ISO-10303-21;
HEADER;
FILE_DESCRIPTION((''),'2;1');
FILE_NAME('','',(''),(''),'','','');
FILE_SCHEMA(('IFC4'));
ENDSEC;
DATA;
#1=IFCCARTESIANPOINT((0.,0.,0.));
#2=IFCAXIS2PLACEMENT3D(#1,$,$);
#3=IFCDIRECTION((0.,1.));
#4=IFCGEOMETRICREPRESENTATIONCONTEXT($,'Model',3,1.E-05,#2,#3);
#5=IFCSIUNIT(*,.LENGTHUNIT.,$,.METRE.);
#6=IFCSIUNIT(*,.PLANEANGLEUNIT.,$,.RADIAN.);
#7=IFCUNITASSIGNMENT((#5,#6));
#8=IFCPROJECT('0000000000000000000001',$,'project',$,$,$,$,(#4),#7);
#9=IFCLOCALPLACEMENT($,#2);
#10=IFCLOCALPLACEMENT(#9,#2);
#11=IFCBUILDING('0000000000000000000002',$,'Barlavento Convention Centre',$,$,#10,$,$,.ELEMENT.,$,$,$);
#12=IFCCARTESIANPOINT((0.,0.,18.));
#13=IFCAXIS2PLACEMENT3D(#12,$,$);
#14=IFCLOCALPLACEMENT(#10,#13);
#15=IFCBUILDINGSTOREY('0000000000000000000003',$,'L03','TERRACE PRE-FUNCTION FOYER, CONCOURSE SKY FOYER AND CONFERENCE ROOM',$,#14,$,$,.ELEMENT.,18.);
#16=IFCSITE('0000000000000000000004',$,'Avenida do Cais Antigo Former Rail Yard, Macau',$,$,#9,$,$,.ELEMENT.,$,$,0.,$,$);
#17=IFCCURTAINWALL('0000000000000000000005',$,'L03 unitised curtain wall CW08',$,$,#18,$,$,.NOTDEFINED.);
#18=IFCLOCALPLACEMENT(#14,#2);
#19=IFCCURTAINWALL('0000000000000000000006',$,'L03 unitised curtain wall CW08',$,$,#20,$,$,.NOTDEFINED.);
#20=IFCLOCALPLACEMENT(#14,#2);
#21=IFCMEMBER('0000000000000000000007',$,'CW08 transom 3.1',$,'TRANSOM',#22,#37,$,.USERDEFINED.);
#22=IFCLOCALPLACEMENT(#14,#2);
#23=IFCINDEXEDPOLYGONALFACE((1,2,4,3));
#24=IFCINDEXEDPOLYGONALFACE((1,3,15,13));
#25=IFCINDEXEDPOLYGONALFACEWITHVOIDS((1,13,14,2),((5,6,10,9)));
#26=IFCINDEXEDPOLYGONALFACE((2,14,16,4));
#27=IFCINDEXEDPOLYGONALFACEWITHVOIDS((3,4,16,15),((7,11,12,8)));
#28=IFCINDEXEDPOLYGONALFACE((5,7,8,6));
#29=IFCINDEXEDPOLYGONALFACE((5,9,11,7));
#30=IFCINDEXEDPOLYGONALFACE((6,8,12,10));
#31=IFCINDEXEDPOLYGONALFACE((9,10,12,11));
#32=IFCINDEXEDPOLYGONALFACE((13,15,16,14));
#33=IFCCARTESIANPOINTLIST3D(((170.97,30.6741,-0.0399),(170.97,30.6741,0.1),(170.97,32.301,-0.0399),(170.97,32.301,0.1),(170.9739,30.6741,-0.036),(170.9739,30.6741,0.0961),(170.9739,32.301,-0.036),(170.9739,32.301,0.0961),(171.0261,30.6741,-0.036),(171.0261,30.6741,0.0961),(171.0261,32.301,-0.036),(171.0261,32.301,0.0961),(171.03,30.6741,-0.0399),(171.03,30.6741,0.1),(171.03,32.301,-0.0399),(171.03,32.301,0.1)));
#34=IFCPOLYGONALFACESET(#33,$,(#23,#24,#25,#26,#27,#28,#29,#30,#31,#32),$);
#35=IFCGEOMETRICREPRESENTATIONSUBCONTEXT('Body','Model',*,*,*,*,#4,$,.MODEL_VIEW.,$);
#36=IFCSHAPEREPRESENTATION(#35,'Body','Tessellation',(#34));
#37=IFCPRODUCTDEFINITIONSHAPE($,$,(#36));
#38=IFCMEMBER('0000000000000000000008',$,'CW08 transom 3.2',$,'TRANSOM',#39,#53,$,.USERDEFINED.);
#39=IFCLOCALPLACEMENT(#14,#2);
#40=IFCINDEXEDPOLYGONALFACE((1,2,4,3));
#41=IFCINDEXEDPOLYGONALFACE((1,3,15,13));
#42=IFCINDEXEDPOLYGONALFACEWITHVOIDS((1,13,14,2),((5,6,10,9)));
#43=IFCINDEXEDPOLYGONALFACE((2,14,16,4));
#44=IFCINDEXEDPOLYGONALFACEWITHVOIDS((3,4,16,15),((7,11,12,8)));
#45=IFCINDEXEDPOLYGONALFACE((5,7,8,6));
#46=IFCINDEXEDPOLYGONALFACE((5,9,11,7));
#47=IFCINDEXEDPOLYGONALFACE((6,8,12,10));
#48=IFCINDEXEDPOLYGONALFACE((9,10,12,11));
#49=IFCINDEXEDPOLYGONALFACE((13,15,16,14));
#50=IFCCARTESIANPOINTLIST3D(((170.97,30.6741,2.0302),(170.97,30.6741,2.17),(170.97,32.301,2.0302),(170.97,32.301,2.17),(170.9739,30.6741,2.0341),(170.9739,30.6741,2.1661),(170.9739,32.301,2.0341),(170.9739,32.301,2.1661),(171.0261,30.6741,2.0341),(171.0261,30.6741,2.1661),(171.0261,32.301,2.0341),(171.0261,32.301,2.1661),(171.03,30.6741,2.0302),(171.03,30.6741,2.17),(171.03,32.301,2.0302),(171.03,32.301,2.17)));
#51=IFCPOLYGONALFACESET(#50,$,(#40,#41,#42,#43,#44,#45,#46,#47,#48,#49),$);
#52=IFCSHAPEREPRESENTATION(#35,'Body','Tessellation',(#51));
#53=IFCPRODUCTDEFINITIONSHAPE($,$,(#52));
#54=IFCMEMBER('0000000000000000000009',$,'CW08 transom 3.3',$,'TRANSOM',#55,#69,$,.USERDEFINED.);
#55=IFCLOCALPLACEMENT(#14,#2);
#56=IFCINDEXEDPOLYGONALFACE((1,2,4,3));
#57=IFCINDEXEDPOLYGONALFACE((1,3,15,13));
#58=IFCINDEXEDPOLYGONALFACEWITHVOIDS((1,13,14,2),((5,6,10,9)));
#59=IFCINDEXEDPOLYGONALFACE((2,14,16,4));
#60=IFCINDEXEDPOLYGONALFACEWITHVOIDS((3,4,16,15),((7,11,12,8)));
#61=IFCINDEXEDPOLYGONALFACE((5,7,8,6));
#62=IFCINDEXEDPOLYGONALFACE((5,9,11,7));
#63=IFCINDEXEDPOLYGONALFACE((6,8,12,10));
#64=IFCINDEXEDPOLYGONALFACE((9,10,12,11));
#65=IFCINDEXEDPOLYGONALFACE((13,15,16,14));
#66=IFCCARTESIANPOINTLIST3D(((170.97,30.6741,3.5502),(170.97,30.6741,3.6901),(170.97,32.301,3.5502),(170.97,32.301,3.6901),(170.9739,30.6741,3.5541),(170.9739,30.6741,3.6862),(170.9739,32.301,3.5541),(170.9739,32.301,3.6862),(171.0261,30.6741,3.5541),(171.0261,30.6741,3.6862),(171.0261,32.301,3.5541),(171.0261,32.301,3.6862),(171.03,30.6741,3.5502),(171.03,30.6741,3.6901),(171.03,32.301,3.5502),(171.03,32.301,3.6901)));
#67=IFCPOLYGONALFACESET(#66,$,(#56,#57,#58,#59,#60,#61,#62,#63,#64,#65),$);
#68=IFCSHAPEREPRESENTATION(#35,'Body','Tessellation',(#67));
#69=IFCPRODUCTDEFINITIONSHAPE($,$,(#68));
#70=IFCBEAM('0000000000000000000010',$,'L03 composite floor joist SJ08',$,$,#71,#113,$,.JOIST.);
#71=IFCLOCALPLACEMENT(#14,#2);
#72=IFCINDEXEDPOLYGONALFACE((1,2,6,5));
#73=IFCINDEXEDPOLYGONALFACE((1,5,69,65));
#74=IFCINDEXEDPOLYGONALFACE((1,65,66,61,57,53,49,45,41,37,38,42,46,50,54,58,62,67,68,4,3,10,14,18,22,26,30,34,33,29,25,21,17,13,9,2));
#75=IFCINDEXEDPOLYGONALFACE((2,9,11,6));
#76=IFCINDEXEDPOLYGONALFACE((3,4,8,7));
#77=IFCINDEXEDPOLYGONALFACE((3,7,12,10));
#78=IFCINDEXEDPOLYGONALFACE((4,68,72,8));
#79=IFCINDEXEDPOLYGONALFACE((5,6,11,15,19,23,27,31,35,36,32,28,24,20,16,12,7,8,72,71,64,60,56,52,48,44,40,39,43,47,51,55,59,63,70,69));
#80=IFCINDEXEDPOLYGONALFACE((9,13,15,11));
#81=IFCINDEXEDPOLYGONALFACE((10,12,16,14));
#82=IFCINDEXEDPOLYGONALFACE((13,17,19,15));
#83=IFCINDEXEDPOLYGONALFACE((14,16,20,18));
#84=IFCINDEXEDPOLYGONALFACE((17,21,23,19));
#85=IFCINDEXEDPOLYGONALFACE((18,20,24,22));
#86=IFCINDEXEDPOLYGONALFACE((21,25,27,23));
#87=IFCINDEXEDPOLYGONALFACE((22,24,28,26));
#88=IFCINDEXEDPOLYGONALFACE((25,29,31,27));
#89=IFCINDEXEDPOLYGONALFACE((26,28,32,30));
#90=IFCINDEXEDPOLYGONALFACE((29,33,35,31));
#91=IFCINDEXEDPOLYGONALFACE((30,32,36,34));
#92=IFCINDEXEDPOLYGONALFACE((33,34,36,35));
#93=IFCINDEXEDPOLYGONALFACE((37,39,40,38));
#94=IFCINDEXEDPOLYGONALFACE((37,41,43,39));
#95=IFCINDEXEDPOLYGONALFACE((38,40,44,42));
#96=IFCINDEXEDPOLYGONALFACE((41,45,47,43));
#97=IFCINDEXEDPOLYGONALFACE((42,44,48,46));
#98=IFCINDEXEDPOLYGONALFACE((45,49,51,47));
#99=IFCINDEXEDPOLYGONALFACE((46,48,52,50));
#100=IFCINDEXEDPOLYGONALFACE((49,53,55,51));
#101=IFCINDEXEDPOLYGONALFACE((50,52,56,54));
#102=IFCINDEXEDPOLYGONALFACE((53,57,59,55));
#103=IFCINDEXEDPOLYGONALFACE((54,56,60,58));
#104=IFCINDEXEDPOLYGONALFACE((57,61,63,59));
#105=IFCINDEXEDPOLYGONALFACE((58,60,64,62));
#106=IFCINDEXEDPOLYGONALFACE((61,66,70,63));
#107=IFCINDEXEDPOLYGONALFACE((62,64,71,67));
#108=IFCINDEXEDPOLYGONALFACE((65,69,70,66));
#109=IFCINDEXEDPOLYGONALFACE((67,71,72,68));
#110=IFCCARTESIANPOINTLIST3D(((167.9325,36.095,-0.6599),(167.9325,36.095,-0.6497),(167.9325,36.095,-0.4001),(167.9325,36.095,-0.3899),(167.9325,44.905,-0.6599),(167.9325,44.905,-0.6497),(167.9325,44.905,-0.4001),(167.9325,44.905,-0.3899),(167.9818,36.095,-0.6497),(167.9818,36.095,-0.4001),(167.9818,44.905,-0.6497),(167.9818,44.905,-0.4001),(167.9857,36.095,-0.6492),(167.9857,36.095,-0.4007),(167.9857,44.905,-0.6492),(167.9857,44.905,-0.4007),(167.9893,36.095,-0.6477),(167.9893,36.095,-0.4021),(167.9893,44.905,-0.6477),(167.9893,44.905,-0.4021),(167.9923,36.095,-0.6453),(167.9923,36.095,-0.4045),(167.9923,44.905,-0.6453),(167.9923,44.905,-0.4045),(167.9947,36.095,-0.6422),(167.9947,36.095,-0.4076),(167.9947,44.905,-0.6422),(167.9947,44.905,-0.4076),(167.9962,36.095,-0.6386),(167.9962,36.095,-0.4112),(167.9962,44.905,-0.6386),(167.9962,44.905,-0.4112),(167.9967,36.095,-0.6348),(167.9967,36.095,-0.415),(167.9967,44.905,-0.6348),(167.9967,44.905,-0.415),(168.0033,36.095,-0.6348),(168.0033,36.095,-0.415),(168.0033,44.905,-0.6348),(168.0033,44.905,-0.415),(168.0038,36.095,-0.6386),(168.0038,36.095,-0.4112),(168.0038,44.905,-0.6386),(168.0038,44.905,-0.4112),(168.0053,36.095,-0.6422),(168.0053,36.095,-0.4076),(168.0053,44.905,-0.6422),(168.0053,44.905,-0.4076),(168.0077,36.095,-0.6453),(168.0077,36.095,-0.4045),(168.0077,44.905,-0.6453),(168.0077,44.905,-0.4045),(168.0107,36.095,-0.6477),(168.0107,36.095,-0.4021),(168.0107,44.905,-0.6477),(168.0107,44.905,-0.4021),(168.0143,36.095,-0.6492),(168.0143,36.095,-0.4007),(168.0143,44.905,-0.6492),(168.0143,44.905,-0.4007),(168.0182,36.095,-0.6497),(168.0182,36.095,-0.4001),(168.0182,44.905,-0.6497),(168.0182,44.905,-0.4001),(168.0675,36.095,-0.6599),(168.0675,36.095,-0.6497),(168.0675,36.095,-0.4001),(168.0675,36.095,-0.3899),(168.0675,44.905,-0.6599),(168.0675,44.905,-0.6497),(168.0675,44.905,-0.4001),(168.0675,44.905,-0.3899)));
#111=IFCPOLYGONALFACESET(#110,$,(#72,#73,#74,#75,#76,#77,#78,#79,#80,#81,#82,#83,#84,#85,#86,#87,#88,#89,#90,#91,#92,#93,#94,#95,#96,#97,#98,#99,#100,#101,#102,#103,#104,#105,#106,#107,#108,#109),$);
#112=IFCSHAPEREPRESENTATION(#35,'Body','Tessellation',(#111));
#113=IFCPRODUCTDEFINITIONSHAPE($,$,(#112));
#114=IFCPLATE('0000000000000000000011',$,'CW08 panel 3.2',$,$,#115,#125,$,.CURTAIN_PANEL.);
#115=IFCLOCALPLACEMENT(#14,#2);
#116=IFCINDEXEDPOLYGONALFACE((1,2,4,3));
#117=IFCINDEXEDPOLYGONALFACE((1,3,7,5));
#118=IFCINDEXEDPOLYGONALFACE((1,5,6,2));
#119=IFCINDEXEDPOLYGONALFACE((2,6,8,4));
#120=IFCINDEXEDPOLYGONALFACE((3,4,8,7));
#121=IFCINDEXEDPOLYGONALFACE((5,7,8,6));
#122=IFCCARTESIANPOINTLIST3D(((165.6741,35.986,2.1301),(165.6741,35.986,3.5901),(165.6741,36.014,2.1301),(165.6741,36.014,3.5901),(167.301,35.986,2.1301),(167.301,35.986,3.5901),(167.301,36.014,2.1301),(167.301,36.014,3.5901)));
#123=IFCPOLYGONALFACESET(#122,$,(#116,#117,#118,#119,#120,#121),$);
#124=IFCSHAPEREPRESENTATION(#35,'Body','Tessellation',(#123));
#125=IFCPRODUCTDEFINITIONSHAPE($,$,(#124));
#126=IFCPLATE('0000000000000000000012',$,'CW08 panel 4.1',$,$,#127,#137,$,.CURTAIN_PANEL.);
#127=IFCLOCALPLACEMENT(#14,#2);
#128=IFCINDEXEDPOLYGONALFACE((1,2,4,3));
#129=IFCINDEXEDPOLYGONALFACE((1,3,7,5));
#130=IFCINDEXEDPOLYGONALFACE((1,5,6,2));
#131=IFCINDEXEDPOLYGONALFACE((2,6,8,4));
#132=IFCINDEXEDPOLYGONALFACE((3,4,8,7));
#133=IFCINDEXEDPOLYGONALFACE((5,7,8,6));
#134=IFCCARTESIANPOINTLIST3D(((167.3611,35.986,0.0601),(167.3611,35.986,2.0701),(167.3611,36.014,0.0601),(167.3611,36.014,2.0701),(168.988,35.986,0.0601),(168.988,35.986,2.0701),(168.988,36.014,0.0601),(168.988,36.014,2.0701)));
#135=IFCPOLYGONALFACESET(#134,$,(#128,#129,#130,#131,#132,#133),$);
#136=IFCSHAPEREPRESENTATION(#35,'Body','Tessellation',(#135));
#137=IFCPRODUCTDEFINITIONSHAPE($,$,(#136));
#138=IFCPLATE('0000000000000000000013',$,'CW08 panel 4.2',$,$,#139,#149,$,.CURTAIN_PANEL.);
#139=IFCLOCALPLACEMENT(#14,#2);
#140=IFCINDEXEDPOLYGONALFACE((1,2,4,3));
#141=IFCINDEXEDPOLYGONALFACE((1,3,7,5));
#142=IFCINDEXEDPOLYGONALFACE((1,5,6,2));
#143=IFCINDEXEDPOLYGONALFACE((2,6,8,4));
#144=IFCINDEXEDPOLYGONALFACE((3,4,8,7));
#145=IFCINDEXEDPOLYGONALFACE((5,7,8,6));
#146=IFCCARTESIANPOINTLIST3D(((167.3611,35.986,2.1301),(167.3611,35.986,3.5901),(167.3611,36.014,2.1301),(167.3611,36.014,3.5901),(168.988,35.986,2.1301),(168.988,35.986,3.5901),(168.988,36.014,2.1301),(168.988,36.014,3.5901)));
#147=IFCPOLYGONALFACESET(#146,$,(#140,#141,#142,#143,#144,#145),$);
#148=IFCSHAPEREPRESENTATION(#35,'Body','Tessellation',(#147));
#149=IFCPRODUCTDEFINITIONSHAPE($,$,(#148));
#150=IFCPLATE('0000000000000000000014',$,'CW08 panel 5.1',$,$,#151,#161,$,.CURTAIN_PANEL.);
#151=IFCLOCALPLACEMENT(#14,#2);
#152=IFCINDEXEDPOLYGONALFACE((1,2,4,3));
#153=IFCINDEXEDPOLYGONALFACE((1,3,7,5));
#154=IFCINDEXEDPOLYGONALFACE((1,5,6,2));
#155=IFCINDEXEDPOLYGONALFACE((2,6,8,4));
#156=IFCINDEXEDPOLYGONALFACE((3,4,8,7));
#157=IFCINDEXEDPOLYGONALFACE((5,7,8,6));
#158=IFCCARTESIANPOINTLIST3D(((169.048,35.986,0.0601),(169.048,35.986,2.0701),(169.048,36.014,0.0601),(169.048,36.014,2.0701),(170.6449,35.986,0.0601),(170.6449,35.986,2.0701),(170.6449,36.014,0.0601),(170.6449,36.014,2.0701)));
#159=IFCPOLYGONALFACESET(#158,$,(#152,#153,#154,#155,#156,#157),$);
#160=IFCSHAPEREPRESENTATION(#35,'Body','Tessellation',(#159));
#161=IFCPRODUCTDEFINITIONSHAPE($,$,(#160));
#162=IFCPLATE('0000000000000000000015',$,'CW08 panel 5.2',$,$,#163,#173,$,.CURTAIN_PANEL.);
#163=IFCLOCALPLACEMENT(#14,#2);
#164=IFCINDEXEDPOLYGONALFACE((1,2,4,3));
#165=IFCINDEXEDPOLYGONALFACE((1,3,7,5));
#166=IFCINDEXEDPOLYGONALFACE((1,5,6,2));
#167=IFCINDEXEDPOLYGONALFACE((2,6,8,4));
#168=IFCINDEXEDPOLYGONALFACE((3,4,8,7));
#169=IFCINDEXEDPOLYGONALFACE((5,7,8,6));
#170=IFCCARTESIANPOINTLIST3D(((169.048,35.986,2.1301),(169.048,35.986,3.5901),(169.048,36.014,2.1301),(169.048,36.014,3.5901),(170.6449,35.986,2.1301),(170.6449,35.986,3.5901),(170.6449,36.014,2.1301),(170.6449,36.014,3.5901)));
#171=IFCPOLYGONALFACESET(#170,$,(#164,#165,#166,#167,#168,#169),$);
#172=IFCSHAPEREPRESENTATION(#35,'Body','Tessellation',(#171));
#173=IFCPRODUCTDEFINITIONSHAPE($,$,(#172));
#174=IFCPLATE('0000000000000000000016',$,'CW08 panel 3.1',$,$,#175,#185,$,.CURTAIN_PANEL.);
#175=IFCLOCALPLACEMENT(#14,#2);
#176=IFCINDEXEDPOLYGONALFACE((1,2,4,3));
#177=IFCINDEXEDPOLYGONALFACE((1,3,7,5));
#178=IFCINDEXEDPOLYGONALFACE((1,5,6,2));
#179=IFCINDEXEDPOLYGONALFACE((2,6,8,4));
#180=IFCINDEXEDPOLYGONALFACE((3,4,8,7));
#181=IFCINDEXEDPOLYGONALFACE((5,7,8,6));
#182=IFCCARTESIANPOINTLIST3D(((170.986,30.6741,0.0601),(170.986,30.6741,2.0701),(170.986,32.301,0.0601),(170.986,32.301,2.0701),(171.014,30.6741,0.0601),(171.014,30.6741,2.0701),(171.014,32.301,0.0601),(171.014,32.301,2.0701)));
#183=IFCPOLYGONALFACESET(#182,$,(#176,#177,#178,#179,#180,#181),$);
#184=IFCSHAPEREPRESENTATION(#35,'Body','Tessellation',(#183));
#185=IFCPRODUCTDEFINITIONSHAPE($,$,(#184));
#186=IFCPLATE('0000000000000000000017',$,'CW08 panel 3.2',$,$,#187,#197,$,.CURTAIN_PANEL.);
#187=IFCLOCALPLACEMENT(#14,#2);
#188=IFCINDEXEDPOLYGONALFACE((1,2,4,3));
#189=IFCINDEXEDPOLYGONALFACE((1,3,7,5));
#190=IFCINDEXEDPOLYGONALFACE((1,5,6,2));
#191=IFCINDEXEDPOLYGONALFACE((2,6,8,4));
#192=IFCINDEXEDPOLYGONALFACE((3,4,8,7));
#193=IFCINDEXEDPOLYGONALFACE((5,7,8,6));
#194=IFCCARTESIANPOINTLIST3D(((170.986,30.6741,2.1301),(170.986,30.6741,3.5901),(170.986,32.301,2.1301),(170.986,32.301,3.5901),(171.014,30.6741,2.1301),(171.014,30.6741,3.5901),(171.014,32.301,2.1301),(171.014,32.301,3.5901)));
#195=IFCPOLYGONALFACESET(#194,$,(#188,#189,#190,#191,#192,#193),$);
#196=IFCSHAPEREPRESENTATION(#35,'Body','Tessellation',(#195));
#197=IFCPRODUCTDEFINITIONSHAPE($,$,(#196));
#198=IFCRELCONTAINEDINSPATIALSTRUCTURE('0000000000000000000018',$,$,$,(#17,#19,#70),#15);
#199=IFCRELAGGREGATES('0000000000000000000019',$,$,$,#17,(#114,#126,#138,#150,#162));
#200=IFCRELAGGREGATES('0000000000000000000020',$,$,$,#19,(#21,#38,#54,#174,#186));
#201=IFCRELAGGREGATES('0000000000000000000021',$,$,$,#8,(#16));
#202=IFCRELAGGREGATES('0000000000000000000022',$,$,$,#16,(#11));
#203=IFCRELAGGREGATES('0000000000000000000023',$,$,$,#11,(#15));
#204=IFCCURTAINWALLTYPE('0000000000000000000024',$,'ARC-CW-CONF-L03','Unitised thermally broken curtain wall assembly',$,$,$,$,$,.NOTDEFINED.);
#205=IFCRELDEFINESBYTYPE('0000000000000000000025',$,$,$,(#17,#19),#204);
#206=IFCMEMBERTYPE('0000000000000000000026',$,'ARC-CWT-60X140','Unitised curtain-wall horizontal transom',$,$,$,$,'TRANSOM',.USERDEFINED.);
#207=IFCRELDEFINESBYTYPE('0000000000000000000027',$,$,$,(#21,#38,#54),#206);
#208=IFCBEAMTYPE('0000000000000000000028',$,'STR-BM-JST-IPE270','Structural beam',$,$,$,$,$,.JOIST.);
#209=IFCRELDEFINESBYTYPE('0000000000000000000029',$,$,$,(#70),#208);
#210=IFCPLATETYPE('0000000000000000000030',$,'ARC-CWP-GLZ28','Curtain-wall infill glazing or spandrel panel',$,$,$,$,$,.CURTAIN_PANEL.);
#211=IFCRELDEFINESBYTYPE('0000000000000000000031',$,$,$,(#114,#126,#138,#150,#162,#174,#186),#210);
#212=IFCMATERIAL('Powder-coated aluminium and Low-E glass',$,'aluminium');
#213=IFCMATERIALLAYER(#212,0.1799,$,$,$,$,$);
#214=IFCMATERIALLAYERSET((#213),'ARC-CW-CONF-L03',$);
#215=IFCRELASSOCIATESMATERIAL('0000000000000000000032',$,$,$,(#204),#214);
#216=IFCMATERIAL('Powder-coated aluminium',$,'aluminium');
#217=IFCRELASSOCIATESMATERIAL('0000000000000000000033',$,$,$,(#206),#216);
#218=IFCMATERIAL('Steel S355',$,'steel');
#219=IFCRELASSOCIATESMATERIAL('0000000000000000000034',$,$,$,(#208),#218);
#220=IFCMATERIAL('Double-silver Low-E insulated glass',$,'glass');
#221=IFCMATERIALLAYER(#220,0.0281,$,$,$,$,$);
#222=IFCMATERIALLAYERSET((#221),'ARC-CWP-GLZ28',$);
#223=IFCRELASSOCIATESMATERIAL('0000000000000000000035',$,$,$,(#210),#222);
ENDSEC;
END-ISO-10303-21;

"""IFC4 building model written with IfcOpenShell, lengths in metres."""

from ifc_helpers import new_model, si_unit, direction, frame, origin, origin_2d, place, context, subcontext, project, spatial, rectangle, hollow_rectangle, i_section, extrude, material, layer, layer_set, material_profile, profile_set, type_object, element, aggregate, save


model = new_model("IFC4")

# Units and contexts
model_context = context("Model", 3, precision=1e-05, world=origin(), true_north=direction((0.0, 1.0)))
body_context = subcontext(model_context, "Body", "Model", "MODEL_VIEW")
ifc_project = project(units=[si_unit("LENGTHUNIT", "METRE"), si_unit("PLANEANGLEUNIT", "RADIAN")], contexts=[model_context])

# Site, building, storey
site_placement = place(None, origin())
site = spatial("IfcSite", under=ifc_project, at=site_placement, Name="Avenida do Cais Antigo Former Rail Yard, Macau", CompositionType="ELEMENT", RefElevation=0.0)
building_placement = place(site_placement, origin())
building = spatial("IfcBuilding", under=site, at=building_placement, Name="Barlavento Convention Centre", CompositionType="ELEMENT")
storey_placement = place(building_placement, frame((0.0, 0.0, 18.0)))
storey = spatial("IfcBuildingStorey", under=building, at=storey_placement, Name="L03", Description="TERRACE PRE-FUNCTION FOYER, CONCOURSE SKY FOYER AND CONFERENCE ROOM", CompositionType="ELEMENT", Elevation=18.0)

# Curtain walls
ifc_material_1 = material(Name="Powder-coated aluminium and Low-E glass", Category="aluminium")
ifc_layer_1 = layer(ifc_material_1, 0.1799)
ifc_layer_set_1 = layer_set([ifc_layer_1], Name="ARC-CW-CONF-L03")
curtain_wall_type = type_object("IfcCurtainWallType", Name="ARC-CW-CONF-L03", Description="Unitised thermally broken curtain wall assembly", PredefinedType="NOTDEFINED", material=ifc_layer_set_1)
curtain_wall_1_placement = place(storey_placement, origin())
curtain_wall_1 = element("IfcCurtainWall", 1, at=curtain_wall_1_placement, inside=storey, type_object=curtain_wall_type, Name="L03 unitised curtain wall CW08", PredefinedType="NOTDEFINED")
ifc_material_2 = material(Name="Powder-coated aluminium", Category="aluminium")
curtain_wall_2_placement = place(storey_placement, origin())
curtain_wall_2 = element("IfcCurtainWall", 2, at=curtain_wall_2_placement, inside=storey, type_object=curtain_wall_type, Name="L03 unitised curtain wall CW08", PredefinedType="NOTDEFINED")

# Members
ifc_material_profile_1 = material_profile(ifc_material_2, hollow_rectangle(XDim=0.0601, YDim=0.1399, WallThickness=0.0039, at=origin_2d()), Name="AL-TRAN 60x140x4")
ifc_profile_set_1 = profile_set([ifc_material_profile_1], Name="Powder-coated aluminium")
member_type_1 = type_object("IfcMemberType", Name="ARC-CWT-60X140", Description="Unitised curtain-wall horizontal transom", ElementType="TRANSOM", PredefinedType="USERDEFINED", material=ifc_profile_set_1)
member_1_placement = place(storey_placement, frame((171.0, 30.6741, 0.03), z_axis=(0.0, 1.0, 0.0), x_axis=(-1.0, 0.0, 0.0)))
member_1 = element("IfcMember", 3, at=member_1_placement, type_object=member_type_1, Name="CW08 transom 3.1", ObjectType="TRANSOM", PredefinedType="USERDEFINED", context=body_context, shape_type="SweptSolid", body=[
    extrude(hollow_rectangle(XDim=0.0601, YDim=0.1399, WallThickness=0.0039, at=origin_2d()), origin(), (0.0, 0.0, 1.0), 1.627),
])
member_2_placement = place(storey_placement, frame((171.0, 30.6741, 2.1001), z_axis=(0.0, 1.0, 0.0), x_axis=(-1.0, 0.0, 0.0)))
member_2 = element("IfcMember", 4, at=member_2_placement, type_object=member_type_1, Name="CW08 transom 3.2", ObjectType="TRANSOM", PredefinedType="USERDEFINED", context=body_context, shape_type="SweptSolid", body=[
    extrude(hollow_rectangle(XDim=0.0601, YDim=0.1399, WallThickness=0.0039, at=origin_2d()), origin(), (0.0, 0.0, 1.0), 1.627),
])
member_3_placement = place(storey_placement, frame((171.0, 30.6741, 3.6201), z_axis=(0.0, 1.0, 0.0), x_axis=(-1.0, 0.0, 0.0)))
member_3 = element("IfcMember", 5, at=member_3_placement, type_object=member_type_1, Name="CW08 transom 3.3", ObjectType="TRANSOM", PredefinedType="USERDEFINED", context=body_context, shape_type="SweptSolid", body=[
    extrude(hollow_rectangle(XDim=0.0601, YDim=0.1399, WallThickness=0.0039, at=origin_2d()), origin(), (0.0, 0.0, 1.0), 1.627),
])

# Beam
ifc_material_3 = material(Name="Steel S355", Category="steel")
ifc_material_profile_2 = material_profile(ifc_material_3, i_section(OverallWidth=0.135, OverallDepth=0.27, WebThickness=0.0066, FlangeThickness=0.0103, FilletRadius=0.0149, at=origin_2d()), Name="IPE 270")
ifc_profile_set_2 = profile_set([ifc_material_profile_2], Name="Steel S355")
beam_type = type_object("IfcBeamType", Name="STR-BM-JST-IPE270", Description="Structural beam", PredefinedType="JOIST", material=ifc_profile_set_2)
beam_placement = place(storey_placement, frame((168.0, 36.095, -0.5249), z_axis=(0.0, 1.0, 0.0), x_axis=(-1.0, 0.0, 0.0)))
element("IfcBeam", 6, at=beam_placement, inside=storey, type_object=beam_type, Name="L03 composite floor joist SJ08", PredefinedType="JOIST", context=body_context, shape_type="SweptSolid", body=[
    extrude(i_section(OverallWidth=0.135, OverallDepth=0.27, WebThickness=0.0066, FlangeThickness=0.0103, FilletRadius=0.0149, at=origin_2d()), origin(), (0.0, 0.0, 1.0), 8.8101),
])

# Plates
ifc_material_4 = material(Name="Double-silver Low-E insulated glass", Category="glass")
ifc_layer_2 = layer(ifc_material_4, 0.0281)
ifc_layer_set_2 = layer_set([ifc_layer_2], Name="ARC-CWP-GLZ28")
plate_type = type_object("IfcPlateType", Name="ARC-CWP-GLZ28", Description="Curtain-wall infill glazing or spandrel panel", PredefinedType="CURTAIN_PANEL", material=ifc_layer_set_2)
plate_1_placement = place(storey_placement, frame((166.4875, 36.0, 2.1301), z_axis=(0.0, 0.0, 1.0), x_axis=(1.0, 0.0, 0.0)))
plate_1 = element("IfcPlate", 7, at=plate_1_placement, type_object=plate_type, Name="CW08 panel 3.2", PredefinedType="CURTAIN_PANEL", context=body_context, shape_type="SweptSolid", body=[
    extrude(rectangle(XDim=1.627, YDim=0.0281, at=origin_2d()), origin(), (0.0, 0.0, 1.0), 1.46),
])
plate_2_placement = place(storey_placement, frame((168.1746, 36.0, 0.0601), z_axis=(0.0, 0.0, 1.0), x_axis=(1.0, 0.0, 0.0)))
plate_2 = element("IfcPlate", 8, at=plate_2_placement, type_object=plate_type, Name="CW08 panel 4.1", PredefinedType="CURTAIN_PANEL", context=body_context, shape_type="SweptSolid", body=[
    extrude(rectangle(XDim=1.627, YDim=0.0281, at=origin_2d()), origin(), (0.0, 0.0, 1.0), 2.01),
])
plate_3_placement = place(storey_placement, frame((168.1746, 36.0, 2.1301), z_axis=(0.0, 0.0, 1.0), x_axis=(1.0, 0.0, 0.0)))
plate_3 = element("IfcPlate", 9, at=plate_3_placement, type_object=plate_type, Name="CW08 panel 4.2", PredefinedType="CURTAIN_PANEL", context=body_context, shape_type="SweptSolid", body=[
    extrude(rectangle(XDim=1.627, YDim=0.0281, at=origin_2d()), origin(), (0.0, 0.0, 1.0), 1.46),
])
plate_4_placement = place(storey_placement, frame((169.8464, 36.0, 0.0601), z_axis=(0.0, 0.0, 1.0), x_axis=(1.0, 0.0, 0.0)))
plate_4 = element("IfcPlate", 10, at=plate_4_placement, type_object=plate_type, Name="CW08 panel 5.1", PredefinedType="CURTAIN_PANEL", context=body_context, shape_type="SweptSolid", body=[
    extrude(rectangle(XDim=1.5969, YDim=0.0281, at=origin_2d()), origin(), (0.0, 0.0, 1.0), 2.01),
])
plate_5_placement = place(storey_placement, frame((169.8464, 36.0, 2.1301), z_axis=(0.0, 0.0, 1.0), x_axis=(1.0, 0.0, 0.0)))
plate_5 = element("IfcPlate", 11, at=plate_5_placement, type_object=plate_type, Name="CW08 panel 5.2", PredefinedType="CURTAIN_PANEL", context=body_context, shape_type="SweptSolid", body=[
    extrude(rectangle(XDim=1.5969, YDim=0.0281, at=origin_2d()), origin(), (0.0, 0.0, 1.0), 1.46),
])
aggregate(curtain_wall_1, [plate_1, plate_2, plate_3, plate_4, plate_5])
plate_6_placement = place(storey_placement, frame((171.0, 31.4875, 0.0601), z_axis=(0.0, 0.0, 1.0), x_axis=(0.0, 1.0, 0.0)))
plate_6 = element("IfcPlate", 12, at=plate_6_placement, type_object=plate_type, Name="CW08 panel 3.1", PredefinedType="CURTAIN_PANEL", context=body_context, shape_type="SweptSolid", body=[
    extrude(rectangle(XDim=1.627, YDim=0.0281, at=origin_2d()), origin(), (0.0, 0.0, 1.0), 2.01),
])
plate_7_placement = place(storey_placement, frame((171.0, 31.4875, 2.1301), z_axis=(0.0, 0.0, 1.0), x_axis=(0.0, 1.0, 0.0)))
plate_7 = element("IfcPlate", 13, at=plate_7_placement, type_object=plate_type, Name="CW08 panel 3.2", PredefinedType="CURTAIN_PANEL", context=body_context, shape_type="SweptSolid", body=[
    extrude(rectangle(XDim=1.627, YDim=0.0281, at=origin_2d()), origin(), (0.0, 0.0, 1.0), 1.46),
])
aggregate(curtain_wall_2, [member_1, member_2, member_3, plate_6, plate_7])

save(model, "model.ifc")
